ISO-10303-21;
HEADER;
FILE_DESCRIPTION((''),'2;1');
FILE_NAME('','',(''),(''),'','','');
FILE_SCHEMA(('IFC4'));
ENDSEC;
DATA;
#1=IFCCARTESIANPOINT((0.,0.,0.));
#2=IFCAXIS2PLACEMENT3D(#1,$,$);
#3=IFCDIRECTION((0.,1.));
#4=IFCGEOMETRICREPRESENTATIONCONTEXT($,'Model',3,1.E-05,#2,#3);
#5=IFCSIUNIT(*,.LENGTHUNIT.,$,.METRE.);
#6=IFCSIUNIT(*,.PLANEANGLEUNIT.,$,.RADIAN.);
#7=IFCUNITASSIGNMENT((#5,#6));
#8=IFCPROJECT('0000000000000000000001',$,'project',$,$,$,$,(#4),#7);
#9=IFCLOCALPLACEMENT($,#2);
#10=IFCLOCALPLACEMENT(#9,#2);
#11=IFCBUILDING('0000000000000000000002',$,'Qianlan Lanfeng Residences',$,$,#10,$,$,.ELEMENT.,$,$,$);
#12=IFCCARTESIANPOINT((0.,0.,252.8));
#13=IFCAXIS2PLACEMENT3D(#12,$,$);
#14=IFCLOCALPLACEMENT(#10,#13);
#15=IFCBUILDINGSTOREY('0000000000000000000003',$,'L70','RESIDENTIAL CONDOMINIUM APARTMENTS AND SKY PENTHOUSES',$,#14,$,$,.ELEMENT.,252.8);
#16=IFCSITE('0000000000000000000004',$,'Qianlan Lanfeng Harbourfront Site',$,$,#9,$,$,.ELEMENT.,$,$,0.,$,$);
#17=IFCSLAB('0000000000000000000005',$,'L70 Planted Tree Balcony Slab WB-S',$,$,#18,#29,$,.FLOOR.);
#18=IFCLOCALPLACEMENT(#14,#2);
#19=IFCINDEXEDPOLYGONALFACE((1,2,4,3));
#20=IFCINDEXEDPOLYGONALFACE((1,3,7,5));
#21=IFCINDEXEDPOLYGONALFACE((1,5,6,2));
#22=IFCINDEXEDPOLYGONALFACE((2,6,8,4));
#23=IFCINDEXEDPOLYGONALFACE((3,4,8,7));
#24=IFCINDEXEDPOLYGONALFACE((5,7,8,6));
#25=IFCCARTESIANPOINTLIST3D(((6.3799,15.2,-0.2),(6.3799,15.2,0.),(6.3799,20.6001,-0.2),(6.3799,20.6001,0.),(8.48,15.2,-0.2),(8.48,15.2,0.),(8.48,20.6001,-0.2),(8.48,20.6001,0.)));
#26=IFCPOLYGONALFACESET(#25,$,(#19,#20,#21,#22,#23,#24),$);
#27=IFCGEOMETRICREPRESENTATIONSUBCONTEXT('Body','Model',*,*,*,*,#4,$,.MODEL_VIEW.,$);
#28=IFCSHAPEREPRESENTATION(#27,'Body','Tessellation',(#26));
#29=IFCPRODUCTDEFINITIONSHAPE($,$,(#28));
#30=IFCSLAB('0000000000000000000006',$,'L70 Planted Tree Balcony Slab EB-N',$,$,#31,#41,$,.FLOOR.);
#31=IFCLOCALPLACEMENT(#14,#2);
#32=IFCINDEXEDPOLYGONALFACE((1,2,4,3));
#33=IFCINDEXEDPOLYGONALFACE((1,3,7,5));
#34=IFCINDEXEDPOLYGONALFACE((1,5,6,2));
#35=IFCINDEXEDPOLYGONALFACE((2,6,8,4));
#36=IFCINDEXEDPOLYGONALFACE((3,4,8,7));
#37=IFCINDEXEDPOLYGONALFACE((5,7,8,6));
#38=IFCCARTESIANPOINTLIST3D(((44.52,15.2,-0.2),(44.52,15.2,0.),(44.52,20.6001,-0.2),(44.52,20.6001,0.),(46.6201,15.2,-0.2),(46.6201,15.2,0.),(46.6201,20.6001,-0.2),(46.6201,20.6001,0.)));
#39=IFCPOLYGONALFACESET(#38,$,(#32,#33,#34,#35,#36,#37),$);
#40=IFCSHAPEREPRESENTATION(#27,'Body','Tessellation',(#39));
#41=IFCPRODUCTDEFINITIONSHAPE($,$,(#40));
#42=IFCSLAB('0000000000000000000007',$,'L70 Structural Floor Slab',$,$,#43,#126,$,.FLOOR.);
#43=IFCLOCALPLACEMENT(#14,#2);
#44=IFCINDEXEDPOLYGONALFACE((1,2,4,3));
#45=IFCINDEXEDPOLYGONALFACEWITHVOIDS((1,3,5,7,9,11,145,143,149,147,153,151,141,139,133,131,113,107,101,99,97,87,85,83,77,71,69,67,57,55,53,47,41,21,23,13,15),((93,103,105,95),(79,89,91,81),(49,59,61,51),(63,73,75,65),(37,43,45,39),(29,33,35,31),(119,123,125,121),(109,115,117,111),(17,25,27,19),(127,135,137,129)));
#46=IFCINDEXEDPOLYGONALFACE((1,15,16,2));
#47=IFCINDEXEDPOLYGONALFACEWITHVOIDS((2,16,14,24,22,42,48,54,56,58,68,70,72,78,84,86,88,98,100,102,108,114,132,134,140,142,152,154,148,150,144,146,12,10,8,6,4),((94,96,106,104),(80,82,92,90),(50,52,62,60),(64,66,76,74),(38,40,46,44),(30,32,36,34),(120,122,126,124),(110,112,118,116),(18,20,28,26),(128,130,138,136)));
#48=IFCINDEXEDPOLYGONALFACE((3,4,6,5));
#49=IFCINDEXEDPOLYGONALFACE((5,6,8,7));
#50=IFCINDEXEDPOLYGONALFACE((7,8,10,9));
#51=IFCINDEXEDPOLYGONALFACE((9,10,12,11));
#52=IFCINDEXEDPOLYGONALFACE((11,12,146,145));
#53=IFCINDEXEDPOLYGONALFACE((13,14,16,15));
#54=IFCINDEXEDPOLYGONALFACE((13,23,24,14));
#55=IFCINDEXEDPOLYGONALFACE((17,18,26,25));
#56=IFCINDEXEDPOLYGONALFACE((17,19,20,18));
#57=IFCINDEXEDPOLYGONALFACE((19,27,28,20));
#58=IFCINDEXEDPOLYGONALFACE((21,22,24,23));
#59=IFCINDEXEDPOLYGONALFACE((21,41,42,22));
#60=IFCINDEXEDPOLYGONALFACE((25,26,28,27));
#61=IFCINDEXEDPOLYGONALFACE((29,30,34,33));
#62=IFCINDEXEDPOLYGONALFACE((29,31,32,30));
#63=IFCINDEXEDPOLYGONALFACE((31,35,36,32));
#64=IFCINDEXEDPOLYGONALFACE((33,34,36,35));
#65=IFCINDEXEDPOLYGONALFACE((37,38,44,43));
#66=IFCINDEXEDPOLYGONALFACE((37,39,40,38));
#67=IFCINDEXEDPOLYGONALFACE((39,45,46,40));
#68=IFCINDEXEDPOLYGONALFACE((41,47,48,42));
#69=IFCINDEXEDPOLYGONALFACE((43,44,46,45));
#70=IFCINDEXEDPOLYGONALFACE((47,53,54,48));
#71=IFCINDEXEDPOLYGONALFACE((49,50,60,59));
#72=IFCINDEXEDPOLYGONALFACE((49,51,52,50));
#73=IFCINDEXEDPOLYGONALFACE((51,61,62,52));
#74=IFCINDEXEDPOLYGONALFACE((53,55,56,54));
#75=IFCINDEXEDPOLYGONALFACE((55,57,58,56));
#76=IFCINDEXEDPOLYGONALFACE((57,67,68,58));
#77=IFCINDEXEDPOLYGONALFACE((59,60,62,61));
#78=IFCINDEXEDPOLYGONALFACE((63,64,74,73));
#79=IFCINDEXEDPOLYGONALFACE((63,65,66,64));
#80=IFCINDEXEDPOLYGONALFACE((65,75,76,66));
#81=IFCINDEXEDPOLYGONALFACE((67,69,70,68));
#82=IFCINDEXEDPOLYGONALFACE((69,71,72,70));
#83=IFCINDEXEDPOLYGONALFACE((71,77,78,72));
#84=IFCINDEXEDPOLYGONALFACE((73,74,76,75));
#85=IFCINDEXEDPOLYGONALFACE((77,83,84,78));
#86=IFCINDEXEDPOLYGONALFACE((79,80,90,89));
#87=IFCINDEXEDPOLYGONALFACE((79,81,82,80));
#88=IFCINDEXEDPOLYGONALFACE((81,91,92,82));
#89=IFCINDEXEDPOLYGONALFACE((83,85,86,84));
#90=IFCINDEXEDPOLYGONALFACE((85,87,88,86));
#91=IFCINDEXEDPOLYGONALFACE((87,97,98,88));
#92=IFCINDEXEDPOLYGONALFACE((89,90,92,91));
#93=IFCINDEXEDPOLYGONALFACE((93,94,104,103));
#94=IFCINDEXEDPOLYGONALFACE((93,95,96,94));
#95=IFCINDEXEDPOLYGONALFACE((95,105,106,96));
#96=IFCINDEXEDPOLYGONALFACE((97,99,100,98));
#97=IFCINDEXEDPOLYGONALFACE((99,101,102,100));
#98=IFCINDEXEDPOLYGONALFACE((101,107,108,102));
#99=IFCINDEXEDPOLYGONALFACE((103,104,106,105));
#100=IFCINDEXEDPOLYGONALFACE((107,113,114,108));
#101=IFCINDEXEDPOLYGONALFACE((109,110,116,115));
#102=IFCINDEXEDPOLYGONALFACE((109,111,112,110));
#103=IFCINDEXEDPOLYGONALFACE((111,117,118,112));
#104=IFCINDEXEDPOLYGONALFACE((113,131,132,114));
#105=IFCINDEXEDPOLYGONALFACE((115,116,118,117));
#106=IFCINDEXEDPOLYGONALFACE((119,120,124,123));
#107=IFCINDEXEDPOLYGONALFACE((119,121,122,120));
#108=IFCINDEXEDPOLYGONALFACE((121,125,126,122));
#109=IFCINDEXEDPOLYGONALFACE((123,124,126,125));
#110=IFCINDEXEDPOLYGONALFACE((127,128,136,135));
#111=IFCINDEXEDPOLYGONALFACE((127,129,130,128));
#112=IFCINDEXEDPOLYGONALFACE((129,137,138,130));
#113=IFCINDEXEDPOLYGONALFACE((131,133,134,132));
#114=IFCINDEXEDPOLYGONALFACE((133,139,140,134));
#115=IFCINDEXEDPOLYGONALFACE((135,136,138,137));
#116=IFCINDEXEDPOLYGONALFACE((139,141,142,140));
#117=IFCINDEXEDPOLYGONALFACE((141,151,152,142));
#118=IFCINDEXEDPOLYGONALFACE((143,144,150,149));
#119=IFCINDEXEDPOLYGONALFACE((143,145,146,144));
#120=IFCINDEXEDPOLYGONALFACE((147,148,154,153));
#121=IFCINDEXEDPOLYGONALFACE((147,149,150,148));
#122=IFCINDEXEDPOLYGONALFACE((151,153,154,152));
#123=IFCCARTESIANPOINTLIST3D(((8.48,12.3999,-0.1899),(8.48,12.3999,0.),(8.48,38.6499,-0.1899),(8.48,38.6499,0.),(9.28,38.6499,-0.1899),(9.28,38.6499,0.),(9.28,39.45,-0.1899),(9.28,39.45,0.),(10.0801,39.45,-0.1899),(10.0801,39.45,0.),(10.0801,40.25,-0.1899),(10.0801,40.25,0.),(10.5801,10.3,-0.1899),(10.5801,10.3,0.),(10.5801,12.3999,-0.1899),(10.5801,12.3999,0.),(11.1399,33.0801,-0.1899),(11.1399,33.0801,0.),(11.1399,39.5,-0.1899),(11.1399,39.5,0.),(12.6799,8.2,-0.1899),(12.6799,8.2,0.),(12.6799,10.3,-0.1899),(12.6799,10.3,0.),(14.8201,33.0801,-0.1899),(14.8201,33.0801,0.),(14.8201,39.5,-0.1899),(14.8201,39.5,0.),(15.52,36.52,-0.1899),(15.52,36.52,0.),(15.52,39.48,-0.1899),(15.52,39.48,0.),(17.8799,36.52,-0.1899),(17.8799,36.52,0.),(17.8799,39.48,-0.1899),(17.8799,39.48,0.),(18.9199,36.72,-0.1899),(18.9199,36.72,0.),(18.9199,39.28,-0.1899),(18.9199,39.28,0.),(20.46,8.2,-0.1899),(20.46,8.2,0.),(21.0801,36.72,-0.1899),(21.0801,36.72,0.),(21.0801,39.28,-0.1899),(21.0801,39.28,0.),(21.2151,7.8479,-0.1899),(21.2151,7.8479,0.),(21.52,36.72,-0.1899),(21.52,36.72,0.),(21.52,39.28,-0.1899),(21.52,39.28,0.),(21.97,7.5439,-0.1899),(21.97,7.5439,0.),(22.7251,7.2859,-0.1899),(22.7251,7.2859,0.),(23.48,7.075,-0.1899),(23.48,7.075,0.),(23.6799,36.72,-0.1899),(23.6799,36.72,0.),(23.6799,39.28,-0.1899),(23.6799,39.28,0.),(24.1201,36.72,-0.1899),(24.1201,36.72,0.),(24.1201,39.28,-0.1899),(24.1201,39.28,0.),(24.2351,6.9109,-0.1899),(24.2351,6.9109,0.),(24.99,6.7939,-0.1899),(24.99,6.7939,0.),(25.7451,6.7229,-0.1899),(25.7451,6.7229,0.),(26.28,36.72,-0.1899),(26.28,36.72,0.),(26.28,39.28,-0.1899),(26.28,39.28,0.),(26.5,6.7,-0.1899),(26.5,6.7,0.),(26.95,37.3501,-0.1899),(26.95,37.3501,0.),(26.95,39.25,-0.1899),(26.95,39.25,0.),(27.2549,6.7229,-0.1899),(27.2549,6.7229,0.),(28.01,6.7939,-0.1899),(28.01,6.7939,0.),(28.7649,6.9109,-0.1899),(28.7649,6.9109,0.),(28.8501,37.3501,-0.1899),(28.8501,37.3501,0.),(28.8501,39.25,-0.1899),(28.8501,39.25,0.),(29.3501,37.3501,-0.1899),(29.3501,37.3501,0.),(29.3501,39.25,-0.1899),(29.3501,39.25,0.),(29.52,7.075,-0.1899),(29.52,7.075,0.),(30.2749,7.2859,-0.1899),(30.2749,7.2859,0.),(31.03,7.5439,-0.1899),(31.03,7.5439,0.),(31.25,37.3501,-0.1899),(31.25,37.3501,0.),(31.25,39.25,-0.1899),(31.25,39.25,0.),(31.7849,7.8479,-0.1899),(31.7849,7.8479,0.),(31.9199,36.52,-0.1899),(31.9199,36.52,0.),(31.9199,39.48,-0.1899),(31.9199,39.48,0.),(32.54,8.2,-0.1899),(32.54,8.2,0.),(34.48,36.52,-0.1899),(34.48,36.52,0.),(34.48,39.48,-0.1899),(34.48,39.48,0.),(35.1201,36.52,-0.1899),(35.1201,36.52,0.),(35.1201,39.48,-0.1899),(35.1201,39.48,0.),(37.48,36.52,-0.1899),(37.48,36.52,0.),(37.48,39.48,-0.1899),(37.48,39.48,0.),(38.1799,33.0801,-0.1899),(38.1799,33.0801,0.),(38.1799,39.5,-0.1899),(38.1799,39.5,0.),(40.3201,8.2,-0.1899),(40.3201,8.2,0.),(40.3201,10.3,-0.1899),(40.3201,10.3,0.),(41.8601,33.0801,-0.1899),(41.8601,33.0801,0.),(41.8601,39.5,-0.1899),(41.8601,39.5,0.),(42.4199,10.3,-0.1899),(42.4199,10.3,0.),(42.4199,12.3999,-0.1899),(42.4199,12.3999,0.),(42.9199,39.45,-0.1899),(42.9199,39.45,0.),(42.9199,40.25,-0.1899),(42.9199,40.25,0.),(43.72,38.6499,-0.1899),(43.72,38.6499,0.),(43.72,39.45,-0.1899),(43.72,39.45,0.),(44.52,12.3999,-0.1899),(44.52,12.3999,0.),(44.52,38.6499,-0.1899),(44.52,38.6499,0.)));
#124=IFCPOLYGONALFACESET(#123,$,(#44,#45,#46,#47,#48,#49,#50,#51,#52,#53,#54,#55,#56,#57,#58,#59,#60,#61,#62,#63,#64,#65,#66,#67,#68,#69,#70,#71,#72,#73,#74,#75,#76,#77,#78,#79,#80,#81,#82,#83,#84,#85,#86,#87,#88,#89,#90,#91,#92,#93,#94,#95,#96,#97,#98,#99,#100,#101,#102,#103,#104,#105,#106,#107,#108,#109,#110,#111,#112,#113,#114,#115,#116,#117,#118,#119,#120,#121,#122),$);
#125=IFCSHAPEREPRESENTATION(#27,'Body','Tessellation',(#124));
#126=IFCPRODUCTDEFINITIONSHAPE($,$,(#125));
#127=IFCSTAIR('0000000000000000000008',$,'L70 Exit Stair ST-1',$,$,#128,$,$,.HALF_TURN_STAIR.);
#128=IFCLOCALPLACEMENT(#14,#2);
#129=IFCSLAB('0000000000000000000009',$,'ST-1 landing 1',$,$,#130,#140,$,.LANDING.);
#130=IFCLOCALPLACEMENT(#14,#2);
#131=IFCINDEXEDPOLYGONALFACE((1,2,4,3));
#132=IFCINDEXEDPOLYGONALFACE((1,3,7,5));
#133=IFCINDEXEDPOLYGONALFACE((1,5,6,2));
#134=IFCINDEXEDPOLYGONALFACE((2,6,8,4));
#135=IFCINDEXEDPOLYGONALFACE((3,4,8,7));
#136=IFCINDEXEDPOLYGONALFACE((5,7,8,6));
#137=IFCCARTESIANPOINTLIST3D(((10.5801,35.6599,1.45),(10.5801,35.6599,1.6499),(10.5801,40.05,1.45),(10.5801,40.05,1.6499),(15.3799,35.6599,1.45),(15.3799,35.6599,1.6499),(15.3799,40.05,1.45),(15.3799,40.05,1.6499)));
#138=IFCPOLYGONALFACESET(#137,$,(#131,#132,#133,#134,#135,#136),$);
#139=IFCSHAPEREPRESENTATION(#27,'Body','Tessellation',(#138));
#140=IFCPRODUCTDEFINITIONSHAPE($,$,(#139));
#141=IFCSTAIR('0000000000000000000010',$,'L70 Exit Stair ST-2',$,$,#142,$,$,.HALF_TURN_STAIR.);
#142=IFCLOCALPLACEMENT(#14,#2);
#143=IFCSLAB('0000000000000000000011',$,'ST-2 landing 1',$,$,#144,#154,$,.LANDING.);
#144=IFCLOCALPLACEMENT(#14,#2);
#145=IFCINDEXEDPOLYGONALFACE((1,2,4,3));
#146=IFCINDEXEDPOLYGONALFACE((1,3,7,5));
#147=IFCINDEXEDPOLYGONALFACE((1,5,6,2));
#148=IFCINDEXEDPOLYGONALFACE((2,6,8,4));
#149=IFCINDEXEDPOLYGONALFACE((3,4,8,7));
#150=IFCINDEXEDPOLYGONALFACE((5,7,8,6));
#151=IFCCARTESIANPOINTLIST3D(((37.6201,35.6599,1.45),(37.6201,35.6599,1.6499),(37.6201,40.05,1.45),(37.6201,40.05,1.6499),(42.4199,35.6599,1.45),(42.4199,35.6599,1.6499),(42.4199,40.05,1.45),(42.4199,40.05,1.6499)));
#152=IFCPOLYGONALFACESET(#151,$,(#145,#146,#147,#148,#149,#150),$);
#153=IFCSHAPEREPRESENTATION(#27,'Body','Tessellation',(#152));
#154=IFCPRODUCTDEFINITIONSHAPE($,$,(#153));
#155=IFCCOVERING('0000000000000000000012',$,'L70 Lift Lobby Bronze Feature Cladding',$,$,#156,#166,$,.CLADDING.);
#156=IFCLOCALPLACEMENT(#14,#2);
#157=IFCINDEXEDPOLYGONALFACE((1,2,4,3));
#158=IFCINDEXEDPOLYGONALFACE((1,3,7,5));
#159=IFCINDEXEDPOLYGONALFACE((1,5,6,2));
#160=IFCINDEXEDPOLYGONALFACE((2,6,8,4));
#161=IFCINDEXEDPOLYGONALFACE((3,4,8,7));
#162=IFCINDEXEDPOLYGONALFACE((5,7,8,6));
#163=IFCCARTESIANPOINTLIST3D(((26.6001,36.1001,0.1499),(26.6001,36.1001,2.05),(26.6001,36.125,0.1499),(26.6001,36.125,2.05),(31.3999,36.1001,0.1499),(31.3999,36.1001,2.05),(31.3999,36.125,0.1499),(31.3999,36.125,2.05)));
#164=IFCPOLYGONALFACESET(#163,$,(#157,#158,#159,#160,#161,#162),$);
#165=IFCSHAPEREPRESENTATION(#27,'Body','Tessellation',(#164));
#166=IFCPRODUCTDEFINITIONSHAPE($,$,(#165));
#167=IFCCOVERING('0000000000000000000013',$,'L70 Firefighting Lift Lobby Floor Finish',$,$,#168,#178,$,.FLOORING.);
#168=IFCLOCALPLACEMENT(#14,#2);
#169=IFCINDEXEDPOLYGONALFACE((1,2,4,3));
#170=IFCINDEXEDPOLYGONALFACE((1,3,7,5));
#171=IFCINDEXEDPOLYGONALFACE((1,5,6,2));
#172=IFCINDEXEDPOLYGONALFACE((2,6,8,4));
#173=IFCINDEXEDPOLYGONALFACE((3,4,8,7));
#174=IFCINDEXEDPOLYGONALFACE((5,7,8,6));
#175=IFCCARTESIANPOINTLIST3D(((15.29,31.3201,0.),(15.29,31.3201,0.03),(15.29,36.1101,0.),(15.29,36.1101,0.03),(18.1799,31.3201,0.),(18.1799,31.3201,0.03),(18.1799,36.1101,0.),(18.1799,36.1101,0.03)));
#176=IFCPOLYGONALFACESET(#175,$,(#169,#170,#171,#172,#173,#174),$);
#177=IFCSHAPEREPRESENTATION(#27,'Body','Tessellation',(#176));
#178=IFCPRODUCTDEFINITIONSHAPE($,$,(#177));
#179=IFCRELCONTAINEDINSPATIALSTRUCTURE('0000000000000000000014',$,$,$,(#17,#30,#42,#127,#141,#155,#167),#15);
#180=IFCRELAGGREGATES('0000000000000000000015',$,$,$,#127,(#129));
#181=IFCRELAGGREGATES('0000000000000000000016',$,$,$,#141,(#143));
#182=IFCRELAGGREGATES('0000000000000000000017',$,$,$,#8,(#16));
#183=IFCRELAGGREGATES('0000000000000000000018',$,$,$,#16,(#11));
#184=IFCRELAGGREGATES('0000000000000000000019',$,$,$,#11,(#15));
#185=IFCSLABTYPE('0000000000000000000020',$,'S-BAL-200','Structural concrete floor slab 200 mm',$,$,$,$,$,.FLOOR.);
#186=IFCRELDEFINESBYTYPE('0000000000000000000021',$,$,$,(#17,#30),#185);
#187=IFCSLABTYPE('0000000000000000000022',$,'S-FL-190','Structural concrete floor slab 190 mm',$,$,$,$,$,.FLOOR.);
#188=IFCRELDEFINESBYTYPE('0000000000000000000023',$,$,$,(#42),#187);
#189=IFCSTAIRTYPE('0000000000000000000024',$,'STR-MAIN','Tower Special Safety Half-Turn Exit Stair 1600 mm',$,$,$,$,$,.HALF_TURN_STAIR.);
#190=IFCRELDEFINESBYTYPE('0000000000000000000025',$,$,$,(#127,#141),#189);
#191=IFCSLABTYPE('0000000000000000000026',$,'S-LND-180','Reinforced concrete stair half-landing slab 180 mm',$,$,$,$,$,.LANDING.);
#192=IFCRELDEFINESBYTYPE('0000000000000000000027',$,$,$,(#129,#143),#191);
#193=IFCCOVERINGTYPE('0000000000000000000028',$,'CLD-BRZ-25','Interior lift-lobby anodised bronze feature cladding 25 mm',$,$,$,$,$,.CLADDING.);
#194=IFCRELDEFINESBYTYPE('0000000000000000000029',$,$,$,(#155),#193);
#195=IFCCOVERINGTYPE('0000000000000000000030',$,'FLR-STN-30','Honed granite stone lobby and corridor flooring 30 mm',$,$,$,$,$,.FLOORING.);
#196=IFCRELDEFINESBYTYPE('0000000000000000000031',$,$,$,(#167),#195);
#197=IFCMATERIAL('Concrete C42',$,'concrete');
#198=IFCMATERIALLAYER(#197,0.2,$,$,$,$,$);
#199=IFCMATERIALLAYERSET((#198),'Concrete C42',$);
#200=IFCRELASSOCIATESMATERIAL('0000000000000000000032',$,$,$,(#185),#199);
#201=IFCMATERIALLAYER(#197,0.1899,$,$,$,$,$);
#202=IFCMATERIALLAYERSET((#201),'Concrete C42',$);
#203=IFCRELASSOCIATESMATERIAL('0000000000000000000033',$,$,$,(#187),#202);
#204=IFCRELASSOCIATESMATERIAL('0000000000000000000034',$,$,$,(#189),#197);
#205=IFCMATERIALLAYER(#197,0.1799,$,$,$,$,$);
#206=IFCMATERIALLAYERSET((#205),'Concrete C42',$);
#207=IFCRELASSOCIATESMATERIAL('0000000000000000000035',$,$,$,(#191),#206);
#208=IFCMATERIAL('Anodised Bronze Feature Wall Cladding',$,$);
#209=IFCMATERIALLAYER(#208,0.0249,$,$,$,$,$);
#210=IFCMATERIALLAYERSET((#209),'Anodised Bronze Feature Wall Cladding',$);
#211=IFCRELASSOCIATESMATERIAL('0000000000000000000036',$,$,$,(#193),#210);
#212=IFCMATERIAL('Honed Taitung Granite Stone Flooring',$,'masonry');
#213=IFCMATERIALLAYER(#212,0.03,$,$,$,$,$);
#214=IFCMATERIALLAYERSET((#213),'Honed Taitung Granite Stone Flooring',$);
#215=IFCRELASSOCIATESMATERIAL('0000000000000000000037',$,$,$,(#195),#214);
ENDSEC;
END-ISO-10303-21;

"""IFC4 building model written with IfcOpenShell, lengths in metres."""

from ifc_helpers import new_model, si_unit, direction, frame, origin, place, context, subcontext, project, spatial, polyline, outline, extrude, material, layer, layer_set, type_object, element, aggregate, save


model = new_model("IFC4")

# Units and contexts
model_context = context("Model", 3, precision=1e-05, world=origin(), true_north=direction((0.0, 1.0)))
body_context = subcontext(model_context, "Body", "Model", "MODEL_VIEW")
ifc_project = project(units=[si_unit("LENGTHUNIT", "METRE"), si_unit("PLANEANGLEUNIT", "RADIAN")], contexts=[model_context])

# Site, building, storey
site_placement = place(None, origin())
site = spatial("IfcSite", under=ifc_project, at=site_placement, Name="Qianlan Lanfeng Harbourfront Site", CompositionType="ELEMENT", RefElevation=0.0)
building_placement = place(site_placement, origin())
building = spatial("IfcBuilding", under=site, at=building_placement, Name="Qianlan Lanfeng Residences", CompositionType="ELEMENT")
storey_placement = place(building_placement, frame((0.0, 0.0, 252.8)))
storey = spatial("IfcBuildingStorey", under=building, at=storey_placement, Name="L70", Description="RESIDENTIAL CONDOMINIUM APARTMENTS AND SKY PENTHOUSES", CompositionType="ELEMENT", Elevation=252.8)

# Slabs
ifc_material_1 = material(Name="Concrete C42", Category="concrete")
ifc_layer_1 = layer(ifc_material_1, 0.2)
ifc_layer_set_1 = layer_set([ifc_layer_1], Name="Concrete C42")
slab_type_1 = type_object("IfcSlabType", Name="S-BAL-200", Description="Structural concrete floor slab 200 mm", PredefinedType="FLOOR", material=ifc_layer_set_1)
slab_1_placement = place(storey_placement, frame((0.0, 0.0, -0.2)))
element("IfcSlab", 1, at=slab_1_placement, inside=storey, type_object=slab_type_1, Name="L70 Planted Tree Balcony Slab WB-S", PredefinedType="FLOOR", context=body_context, shape_type="SweptSolid", body=[
    extrude(outline(polyline([(8.48, 15.2), (8.48, 20.6001), (6.3799, 20.6001), (6.3799, 15.2), (8.48, 15.2)])), origin(), (0.0, 0.0, 1.0), 0.2),
])
slab_2_placement = place(storey_placement, frame((0.0, 0.0, -0.2)))
element("IfcSlab", 2, at=slab_2_placement, inside=storey, type_object=slab_type_1, Name="L70 Planted Tree Balcony Slab EB-N", PredefinedType="FLOOR", context=body_context, shape_type="SweptSolid", body=[
    extrude(outline(polyline([(44.52, 20.6001), (44.52, 15.2), (46.6201, 15.2), (46.6201, 20.6001), (44.52, 20.6001)])), origin(), (0.0, 0.0, 1.0), 0.2),
])
ifc_layer_2 = layer(ifc_material_1, 0.1899)
ifc_layer_set_2 = layer_set([ifc_layer_2], Name="Concrete C42")
slab_type_2 = type_object("IfcSlabType", Name="S-FL-190", Description="Structural concrete floor slab 190 mm", PredefinedType="FLOOR", material=ifc_layer_set_2)
slab_3_placement = place(storey_placement, frame((0.0, 0.0, -0.1899)))
element("IfcSlab", 3, at=slab_3_placement, inside=storey, type_object=slab_type_2, Name="L70 Structural Floor Slab", PredefinedType="FLOOR", context=body_context, shape_type="SweptSolid", body=[
    extrude(outline(polyline([(8.48, 12.3999), (10.5801, 12.3999), (10.5801, 10.3), (12.6799, 10.3), (12.6799, 8.2), (20.46, 8.2), (21.2151, 7.8479), (21.97, 7.5439), (22.7251, 7.2859), (23.48, 7.075), (24.2351, 6.9109), (24.99, 6.7939), (25.7451, 6.7229), (26.5, 6.7), (27.2549, 6.7229), (28.01, 6.7939), (28.7649, 6.9109), (29.52, 7.075), (30.2749, 7.2859), (31.03, 7.5439), (31.7849, 7.8479), (32.54, 8.2), (40.3201, 8.2), (40.3201, 10.3), (42.4199, 10.3), (42.4199, 12.3999), (44.52, 12.3999), (44.52, 38.6499), (43.72, 38.6499), (43.72, 39.45), (42.9199, 39.45), (42.9199, 40.25), (10.0801, 40.25), (10.0801, 39.45), (9.28, 39.45), (9.28, 38.6499), (8.48, 38.6499), (8.48, 12.3999)]), holes=[polyline([(11.1399, 33.0801), (11.1399, 39.5), (14.8201, 39.5), (14.8201, 33.0801), (11.1399, 33.0801)]), polyline([(38.1799, 33.0801), (38.1799, 39.5), (41.8601, 39.5), (41.8601, 33.0801), (38.1799, 33.0801)]), polyline([(15.52, 36.52), (15.52, 39.48), (17.8799, 39.48), (17.8799, 36.52), (15.52, 36.52)]), polyline([(35.1201, 36.52), (35.1201, 39.48), (37.48, 39.48), (37.48, 36.52), (35.1201, 36.52)]), polyline([(31.9199, 36.52), (31.9199, 39.48), (34.48, 39.48), (34.48, 36.52), (31.9199, 36.52)]), polyline([(18.9199, 36.72), (18.9199, 39.28), (21.0801, 39.28), (21.0801, 36.72), (18.9199, 36.72)]), polyline([(21.52, 36.72), (21.52, 39.28), (23.6799, 39.28), (23.6799, 36.72), (21.52, 36.72)]), polyline([(24.1201, 36.72), (24.1201, 39.28), (26.28, 39.28), (26.28, 36.72), (24.1201, 36.72)]), polyline([(26.95, 37.3501), (26.95, 39.25), (28.8501, 39.25), (28.8501, 37.3501), (26.95, 37.3501)]), polyline([(29.3501, 37.3501), (29.3501, 39.25), (31.25, 39.25), (31.25, 37.3501), (29.3501, 37.3501)])]), origin(), (0.0, 0.0, 1.0), 0.1899),
])

# Stairs, slabs
stair_type = type_object("IfcStairType", Name="STR-MAIN", Description="Tower Special Safety Half-Turn Exit Stair 1600 mm", PredefinedType="HALF_TURN_STAIR", material=ifc_material_1)
stair_1_placement = place(storey_placement, origin())
stair_1 = element("IfcStair", 4, at=stair_1_placement, inside=storey, type_object=stair_type, Name="L70 Exit Stair ST-1", PredefinedType="HALF_TURN_STAIR")
ifc_layer_3 = layer(ifc_material_1, 0.1799)
ifc_layer_set_3 = layer_set([ifc_layer_3], Name="Concrete C42")
slab_type_3 = type_object("IfcSlabType", Name="S-LND-180", Description="Reinforced concrete stair half-landing slab 180 mm", PredefinedType="LANDING", material=ifc_layer_set_3)
slab_4_placement = place(storey_placement, frame((0.0, 0.0, 1.45)))
slab_4 = element("IfcSlab", 5, at=slab_4_placement, type_object=slab_type_3, Name="ST-1 landing 1", PredefinedType="LANDING", context=body_context, shape_type="SweptSolid", body=[
    extrude(outline(polyline([(10.5801, 35.6599), (15.3799, 35.6599), (15.3799, 40.05), (10.5801, 40.05), (10.5801, 35.6599)])), origin(), (0.0, 0.0, 1.0), 0.2),
])
aggregate(stair_1, [slab_4])
stair_2_placement = place(storey_placement, origin())
stair_2 = element("IfcStair", 6, at=stair_2_placement, inside=storey, type_object=stair_type, Name="L70 Exit Stair ST-2", PredefinedType="HALF_TURN_STAIR")
slab_5_placement = place(storey_placement, frame((0.0, 0.0, 1.45)))
slab_5 = element("IfcSlab", 7, at=slab_5_placement, type_object=slab_type_3, Name="ST-2 landing 1", PredefinedType="LANDING", context=body_context, shape_type="SweptSolid", body=[
    extrude(outline(polyline([(37.6201, 35.6599), (42.4199, 35.6599), (42.4199, 40.05), (37.6201, 40.05), (37.6201, 35.6599)])), origin(), (0.0, 0.0, 1.0), 0.2),
])
aggregate(stair_2, [slab_5])

# Coverings
ifc_material_2 = material(Name="Anodised Bronze Feature Wall Cladding")
ifc_layer_4 = layer(ifc_material_2, 0.0249)
ifc_layer_set_4 = layer_set([ifc_layer_4], Name="Anodised Bronze Feature Wall Cladding")
covering_type_1 = type_object("IfcCoveringType", Name="CLD-BRZ-25", Description="Interior lift-lobby anodised bronze feature cladding 25 mm", PredefinedType="CLADDING", material=ifc_layer_set_4)
covering_1_placement = place(storey_placement, frame((0.0, 0.0, 0.1499)))
element("IfcCovering", 8, at=covering_1_placement, inside=storey, type_object=covering_type_1, Name="L70 Lift Lobby Bronze Feature Cladding", PredefinedType="CLADDING", context=body_context, shape_type="SweptSolid", body=[
    extrude(outline(polyline([(26.6001, 36.1001), (31.3999, 36.1001), (31.3999, 36.125), (26.6001, 36.125), (26.6001, 36.1001)])), origin(), (0.0, 0.0, 1.0), 1.9001),
])
ifc_material_3 = material(Name="Honed Taitung Granite Stone Flooring", Category="masonry")
ifc_layer_5 = layer(ifc_material_3, 0.03)
ifc_layer_set_5 = layer_set([ifc_layer_5], Name="Honed Taitung Granite Stone Flooring")
covering_type_2 = type_object("IfcCoveringType", Name="FLR-STN-30", Description="Honed granite stone lobby and corridor flooring 30 mm", PredefinedType="FLOORING", material=ifc_layer_set_5)
covering_2_placement = place(storey_placement, origin())
element("IfcCovering", 9, at=covering_2_placement, inside=storey, type_object=covering_type_2, Name="L70 Firefighting Lift Lobby Floor Finish", PredefinedType="FLOORING", context=body_context, shape_type="SweptSolid", body=[
    extrude(outline(polyline([(15.29, 31.3201), (18.1799, 31.3201), (18.1799, 36.1101), (15.29, 36.1101), (15.29, 31.3201)])), origin(), (0.0, 0.0, 1.0), 0.03),
])

save(model, "model.ifc")
